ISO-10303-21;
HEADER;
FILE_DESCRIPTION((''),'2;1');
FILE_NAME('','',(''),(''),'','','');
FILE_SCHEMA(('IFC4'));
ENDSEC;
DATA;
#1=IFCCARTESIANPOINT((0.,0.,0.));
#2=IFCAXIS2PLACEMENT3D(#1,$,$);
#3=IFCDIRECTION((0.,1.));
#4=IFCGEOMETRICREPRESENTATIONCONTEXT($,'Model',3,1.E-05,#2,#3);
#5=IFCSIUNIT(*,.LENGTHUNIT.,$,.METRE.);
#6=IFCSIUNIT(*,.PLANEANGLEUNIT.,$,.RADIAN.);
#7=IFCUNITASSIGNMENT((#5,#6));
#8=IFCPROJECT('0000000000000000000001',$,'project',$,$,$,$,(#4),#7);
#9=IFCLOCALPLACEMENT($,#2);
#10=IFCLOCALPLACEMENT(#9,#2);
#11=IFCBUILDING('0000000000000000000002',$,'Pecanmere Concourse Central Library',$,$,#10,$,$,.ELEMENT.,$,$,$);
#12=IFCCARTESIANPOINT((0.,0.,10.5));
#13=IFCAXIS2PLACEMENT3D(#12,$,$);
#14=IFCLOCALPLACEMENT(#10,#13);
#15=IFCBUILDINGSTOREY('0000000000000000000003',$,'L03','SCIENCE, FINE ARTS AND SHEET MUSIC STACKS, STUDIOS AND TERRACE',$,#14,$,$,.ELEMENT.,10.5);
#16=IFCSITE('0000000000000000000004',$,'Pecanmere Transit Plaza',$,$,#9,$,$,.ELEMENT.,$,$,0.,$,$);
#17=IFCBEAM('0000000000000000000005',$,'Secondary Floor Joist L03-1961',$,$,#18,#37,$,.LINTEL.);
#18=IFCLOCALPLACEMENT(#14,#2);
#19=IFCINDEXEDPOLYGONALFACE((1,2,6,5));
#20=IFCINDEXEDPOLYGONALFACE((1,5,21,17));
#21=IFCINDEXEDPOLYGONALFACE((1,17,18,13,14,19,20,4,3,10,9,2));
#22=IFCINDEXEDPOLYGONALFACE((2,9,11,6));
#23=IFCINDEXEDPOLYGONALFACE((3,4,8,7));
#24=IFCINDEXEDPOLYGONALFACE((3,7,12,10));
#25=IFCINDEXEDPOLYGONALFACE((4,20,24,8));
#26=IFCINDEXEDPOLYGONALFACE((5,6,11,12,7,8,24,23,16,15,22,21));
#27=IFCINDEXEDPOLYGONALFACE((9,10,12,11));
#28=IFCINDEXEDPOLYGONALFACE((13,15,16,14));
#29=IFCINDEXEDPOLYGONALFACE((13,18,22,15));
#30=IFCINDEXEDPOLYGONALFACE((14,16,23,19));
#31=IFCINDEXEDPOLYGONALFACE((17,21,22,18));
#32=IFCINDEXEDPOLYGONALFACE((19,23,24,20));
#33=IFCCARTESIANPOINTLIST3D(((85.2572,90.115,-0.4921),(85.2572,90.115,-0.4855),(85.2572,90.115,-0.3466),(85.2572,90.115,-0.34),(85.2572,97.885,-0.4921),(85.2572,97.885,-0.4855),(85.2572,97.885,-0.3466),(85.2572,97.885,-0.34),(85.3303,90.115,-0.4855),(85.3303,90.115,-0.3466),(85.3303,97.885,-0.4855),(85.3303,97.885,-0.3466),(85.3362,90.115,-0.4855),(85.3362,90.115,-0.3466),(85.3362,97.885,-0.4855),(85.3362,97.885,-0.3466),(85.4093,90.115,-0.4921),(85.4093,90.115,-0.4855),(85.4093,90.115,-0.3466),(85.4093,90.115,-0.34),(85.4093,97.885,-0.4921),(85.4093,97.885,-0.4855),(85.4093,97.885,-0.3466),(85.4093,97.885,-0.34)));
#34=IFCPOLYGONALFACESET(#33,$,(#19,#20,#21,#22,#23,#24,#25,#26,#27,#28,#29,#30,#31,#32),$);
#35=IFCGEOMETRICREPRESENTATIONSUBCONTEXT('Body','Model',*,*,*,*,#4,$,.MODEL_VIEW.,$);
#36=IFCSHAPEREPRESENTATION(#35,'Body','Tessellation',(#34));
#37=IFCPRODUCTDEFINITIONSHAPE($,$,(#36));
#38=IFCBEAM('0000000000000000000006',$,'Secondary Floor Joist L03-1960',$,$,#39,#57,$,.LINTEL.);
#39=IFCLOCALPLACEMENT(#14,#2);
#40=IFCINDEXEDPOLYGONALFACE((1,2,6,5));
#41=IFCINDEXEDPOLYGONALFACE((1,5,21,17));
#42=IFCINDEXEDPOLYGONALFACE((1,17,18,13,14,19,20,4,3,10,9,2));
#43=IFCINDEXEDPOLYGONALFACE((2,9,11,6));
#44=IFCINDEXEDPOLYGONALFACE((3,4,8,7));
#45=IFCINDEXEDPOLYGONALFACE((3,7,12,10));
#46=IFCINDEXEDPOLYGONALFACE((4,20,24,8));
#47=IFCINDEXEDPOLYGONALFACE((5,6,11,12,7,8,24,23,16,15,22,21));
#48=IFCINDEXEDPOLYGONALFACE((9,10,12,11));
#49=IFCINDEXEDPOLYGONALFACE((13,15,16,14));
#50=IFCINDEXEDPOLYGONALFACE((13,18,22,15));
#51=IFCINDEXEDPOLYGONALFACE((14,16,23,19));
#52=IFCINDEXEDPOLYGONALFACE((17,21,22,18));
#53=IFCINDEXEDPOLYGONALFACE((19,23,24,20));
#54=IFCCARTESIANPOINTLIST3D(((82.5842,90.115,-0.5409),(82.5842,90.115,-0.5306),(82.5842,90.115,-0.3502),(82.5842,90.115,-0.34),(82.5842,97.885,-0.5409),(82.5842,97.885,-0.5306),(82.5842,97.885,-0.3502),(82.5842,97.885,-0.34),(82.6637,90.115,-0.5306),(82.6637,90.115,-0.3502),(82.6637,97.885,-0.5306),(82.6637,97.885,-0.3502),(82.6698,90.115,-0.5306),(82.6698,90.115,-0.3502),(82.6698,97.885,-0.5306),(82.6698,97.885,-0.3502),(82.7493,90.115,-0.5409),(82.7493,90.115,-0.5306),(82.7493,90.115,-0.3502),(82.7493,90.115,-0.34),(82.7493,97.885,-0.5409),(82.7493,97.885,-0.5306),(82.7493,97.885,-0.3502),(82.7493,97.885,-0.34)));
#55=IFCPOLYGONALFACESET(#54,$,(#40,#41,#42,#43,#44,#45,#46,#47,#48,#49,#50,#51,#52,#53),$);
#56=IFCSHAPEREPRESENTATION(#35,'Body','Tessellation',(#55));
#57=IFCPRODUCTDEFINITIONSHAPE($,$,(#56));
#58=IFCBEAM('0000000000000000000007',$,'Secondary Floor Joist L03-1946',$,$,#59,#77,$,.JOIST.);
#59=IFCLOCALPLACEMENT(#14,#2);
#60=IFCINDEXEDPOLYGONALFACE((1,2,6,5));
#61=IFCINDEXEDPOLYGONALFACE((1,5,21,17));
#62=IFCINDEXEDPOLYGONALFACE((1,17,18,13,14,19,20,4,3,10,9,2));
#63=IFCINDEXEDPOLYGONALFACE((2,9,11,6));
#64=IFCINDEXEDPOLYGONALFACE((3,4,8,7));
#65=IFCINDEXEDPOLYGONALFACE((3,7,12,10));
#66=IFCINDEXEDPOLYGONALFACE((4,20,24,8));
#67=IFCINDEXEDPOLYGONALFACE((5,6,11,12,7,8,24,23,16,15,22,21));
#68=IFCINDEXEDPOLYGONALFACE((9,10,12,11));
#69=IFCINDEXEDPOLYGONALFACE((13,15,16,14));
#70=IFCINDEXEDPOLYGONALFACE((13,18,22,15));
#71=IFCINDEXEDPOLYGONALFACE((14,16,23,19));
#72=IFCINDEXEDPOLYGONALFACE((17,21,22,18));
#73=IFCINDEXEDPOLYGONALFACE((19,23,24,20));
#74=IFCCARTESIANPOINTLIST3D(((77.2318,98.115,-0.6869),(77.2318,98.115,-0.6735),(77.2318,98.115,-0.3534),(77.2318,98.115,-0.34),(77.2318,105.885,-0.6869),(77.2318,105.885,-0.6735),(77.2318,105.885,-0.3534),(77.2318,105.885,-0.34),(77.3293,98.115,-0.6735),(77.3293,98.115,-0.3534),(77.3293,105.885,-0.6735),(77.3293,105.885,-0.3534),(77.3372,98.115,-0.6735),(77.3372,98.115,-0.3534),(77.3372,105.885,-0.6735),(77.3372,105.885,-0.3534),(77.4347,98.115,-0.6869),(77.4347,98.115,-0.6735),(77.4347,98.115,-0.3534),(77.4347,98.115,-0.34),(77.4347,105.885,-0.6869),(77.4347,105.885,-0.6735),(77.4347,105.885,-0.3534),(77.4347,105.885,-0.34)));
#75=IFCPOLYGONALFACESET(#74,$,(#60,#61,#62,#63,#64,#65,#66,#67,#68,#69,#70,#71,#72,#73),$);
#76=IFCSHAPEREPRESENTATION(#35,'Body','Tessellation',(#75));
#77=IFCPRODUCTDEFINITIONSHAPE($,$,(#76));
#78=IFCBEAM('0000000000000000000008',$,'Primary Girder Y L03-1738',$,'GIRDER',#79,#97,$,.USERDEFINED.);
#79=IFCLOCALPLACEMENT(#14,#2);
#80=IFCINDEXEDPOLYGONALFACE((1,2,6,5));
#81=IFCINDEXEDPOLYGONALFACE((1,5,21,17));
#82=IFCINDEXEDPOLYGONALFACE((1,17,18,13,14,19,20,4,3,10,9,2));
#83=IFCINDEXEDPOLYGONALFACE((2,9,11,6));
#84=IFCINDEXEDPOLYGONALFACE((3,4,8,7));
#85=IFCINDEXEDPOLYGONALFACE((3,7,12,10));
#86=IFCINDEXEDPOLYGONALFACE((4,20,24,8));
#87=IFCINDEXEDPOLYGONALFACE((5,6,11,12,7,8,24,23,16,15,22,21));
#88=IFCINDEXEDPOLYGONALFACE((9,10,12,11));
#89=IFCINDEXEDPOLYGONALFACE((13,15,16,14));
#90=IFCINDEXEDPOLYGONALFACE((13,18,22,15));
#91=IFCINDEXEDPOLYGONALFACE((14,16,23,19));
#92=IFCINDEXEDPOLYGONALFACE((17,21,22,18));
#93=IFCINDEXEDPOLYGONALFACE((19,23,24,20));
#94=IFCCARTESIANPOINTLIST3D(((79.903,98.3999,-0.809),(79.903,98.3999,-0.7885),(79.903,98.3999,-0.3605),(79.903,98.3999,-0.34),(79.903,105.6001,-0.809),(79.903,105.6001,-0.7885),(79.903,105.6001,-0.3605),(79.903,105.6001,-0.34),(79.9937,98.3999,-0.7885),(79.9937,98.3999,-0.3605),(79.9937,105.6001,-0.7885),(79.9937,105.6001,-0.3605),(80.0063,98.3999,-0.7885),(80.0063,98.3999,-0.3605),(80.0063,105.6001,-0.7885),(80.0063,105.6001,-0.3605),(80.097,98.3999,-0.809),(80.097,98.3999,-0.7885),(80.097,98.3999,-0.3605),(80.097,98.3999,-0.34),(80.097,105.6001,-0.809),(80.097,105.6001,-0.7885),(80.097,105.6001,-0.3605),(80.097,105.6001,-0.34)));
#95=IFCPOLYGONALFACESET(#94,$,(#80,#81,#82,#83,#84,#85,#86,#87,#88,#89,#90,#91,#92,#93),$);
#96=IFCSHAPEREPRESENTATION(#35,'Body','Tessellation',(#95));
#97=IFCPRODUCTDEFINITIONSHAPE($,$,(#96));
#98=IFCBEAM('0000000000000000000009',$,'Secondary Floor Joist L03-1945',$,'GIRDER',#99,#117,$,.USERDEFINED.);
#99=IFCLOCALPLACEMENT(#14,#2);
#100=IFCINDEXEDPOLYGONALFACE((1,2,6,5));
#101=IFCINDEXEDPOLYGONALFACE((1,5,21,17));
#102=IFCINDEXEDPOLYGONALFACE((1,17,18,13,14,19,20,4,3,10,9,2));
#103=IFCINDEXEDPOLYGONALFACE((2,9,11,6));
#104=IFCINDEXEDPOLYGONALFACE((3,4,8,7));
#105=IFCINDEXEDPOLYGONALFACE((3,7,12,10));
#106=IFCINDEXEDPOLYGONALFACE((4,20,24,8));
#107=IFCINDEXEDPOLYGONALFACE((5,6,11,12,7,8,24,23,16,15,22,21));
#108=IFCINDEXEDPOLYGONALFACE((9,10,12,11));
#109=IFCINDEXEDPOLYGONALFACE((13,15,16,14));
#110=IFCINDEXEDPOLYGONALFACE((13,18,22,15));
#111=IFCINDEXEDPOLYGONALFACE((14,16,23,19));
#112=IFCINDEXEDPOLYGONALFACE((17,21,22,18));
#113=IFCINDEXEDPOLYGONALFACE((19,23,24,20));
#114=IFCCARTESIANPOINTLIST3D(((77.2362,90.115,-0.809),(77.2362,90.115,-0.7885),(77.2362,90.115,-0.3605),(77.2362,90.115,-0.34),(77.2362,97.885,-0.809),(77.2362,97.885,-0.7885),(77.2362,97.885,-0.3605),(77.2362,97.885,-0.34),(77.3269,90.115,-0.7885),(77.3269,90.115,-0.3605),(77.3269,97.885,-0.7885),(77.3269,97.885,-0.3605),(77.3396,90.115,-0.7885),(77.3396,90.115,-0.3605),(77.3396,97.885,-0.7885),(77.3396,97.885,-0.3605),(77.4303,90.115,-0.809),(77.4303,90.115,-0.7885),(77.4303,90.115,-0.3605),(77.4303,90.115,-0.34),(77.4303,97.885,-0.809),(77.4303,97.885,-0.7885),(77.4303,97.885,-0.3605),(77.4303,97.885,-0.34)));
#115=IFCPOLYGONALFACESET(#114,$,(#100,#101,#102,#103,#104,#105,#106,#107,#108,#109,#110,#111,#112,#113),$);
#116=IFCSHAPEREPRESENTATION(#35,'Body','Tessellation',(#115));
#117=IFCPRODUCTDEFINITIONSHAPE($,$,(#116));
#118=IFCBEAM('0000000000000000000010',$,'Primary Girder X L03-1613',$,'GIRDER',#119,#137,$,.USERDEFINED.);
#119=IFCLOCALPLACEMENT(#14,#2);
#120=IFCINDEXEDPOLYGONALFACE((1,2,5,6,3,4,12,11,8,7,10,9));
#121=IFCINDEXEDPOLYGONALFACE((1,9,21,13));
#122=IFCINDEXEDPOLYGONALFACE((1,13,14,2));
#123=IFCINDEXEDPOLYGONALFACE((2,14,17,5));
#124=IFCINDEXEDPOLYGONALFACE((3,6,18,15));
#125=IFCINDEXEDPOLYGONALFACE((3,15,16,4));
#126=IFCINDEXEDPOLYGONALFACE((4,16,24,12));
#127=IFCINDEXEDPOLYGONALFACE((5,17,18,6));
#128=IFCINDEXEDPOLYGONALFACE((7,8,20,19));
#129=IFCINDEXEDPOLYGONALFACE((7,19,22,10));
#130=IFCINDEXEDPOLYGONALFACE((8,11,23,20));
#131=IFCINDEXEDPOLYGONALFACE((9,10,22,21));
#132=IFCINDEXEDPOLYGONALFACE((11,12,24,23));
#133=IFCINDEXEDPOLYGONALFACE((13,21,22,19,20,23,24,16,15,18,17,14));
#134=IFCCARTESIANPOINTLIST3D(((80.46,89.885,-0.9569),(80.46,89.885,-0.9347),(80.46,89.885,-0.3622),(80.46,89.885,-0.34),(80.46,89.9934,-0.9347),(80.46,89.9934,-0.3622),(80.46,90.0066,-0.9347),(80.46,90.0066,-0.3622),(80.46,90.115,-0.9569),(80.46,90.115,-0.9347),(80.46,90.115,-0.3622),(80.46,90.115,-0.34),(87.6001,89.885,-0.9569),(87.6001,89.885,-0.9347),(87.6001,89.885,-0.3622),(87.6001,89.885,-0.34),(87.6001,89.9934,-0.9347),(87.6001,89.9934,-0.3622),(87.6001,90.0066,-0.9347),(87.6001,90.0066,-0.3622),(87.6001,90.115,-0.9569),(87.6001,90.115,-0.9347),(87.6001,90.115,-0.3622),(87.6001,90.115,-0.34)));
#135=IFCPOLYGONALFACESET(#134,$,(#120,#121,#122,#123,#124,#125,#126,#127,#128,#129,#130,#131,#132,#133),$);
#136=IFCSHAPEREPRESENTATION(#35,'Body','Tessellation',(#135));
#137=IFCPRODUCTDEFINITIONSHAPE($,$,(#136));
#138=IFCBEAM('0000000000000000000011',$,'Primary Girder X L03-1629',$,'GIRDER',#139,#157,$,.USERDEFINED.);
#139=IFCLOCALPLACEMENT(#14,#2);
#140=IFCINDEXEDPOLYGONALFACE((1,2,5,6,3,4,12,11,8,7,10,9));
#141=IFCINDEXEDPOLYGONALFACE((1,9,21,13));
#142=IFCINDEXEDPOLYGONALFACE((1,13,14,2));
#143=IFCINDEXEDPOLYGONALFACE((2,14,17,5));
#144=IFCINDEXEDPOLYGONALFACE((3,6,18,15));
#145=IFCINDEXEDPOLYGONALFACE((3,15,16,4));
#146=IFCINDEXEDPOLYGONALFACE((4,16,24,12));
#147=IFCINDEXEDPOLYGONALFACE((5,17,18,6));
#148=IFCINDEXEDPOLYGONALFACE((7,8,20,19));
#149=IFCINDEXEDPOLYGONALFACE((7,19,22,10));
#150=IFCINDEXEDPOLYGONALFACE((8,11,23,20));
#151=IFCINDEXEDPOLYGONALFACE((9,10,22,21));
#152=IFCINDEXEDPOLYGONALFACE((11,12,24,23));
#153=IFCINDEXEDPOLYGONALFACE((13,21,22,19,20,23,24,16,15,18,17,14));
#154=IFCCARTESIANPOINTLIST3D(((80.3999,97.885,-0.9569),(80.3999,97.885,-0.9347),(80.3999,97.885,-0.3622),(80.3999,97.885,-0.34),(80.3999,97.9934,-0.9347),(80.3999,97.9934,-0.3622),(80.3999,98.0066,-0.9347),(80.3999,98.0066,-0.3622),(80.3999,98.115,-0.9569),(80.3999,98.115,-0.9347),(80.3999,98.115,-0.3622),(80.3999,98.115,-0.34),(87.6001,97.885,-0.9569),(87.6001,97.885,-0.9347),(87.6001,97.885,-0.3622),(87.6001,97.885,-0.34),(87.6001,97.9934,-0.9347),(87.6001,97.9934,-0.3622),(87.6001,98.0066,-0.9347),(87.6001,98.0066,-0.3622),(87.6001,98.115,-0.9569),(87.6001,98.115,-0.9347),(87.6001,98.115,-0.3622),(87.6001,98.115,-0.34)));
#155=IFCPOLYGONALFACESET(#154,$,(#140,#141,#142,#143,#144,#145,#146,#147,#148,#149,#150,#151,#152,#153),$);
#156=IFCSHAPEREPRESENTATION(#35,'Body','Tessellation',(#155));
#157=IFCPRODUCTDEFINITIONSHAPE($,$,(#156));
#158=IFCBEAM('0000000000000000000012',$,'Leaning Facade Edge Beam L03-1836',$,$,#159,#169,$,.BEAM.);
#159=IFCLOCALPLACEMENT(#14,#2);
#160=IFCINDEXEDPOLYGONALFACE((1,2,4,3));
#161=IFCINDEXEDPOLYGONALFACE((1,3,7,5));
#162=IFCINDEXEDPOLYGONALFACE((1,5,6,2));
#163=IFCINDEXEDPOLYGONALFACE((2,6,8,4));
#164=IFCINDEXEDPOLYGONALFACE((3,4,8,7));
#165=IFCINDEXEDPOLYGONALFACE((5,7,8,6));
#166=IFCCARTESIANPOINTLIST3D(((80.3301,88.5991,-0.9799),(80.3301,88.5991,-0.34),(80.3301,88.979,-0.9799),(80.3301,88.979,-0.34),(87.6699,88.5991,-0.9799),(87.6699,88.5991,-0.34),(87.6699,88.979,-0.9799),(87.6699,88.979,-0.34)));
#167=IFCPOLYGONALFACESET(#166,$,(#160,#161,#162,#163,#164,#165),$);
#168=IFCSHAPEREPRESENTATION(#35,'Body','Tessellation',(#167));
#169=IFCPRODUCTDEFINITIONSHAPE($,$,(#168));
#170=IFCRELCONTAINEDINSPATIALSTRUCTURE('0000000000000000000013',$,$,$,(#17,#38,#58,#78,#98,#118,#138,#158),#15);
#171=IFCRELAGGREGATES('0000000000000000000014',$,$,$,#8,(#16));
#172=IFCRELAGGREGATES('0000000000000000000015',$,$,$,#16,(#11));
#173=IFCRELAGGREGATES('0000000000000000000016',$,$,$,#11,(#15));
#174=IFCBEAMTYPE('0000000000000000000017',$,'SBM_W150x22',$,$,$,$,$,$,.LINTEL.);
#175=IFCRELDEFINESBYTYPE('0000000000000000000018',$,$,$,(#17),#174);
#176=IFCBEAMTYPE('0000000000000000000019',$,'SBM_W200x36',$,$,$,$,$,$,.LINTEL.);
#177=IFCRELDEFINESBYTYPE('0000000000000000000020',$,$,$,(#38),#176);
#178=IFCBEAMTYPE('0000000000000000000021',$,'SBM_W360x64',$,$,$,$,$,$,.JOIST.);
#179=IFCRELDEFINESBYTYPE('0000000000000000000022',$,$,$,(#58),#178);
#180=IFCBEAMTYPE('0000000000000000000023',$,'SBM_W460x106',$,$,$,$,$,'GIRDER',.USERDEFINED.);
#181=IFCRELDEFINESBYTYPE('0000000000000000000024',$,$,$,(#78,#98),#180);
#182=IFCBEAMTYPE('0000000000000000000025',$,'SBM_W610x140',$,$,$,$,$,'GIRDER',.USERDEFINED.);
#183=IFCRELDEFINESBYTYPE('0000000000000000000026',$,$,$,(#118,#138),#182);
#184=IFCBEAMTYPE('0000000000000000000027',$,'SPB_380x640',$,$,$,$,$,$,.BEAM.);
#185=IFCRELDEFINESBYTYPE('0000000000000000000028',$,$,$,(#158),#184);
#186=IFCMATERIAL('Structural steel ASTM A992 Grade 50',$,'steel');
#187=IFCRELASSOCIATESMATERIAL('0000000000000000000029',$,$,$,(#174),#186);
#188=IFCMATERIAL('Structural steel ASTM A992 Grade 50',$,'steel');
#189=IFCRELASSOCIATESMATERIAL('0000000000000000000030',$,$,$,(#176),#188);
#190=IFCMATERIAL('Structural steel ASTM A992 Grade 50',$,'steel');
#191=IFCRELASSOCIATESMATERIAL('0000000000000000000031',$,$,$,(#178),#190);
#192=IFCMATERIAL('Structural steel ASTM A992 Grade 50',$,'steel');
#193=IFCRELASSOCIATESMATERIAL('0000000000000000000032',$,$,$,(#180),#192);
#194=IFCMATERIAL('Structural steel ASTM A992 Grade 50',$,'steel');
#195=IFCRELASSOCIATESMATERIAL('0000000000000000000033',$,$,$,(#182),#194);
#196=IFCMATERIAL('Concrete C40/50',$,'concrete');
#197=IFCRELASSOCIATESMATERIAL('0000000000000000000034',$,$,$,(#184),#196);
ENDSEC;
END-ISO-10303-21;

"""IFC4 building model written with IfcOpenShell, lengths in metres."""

from ifc_helpers import new_model, si_unit, direction, frame, origin, origin_2d, place, context, subcontext, project, spatial, rectangle, i_section, extrude, material, material_profile, profile_set, type_object, element, save


model = new_model("IFC4")

# Units and contexts
model_context = context("Model", 3, precision=1e-05, world=origin(), true_north=direction((0.0, 1.0)))
body_context = subcontext(model_context, "Body", "Model", "MODEL_VIEW")
ifc_project = project(units=[si_unit("LENGTHUNIT", "METRE"), si_unit("PLANEANGLEUNIT", "RADIAN")], contexts=[model_context])

# Site, building, storey
site_placement = place(None, origin())
site = spatial("IfcSite", under=ifc_project, at=site_placement, Name="Pecanmere Transit Plaza", CompositionType="ELEMENT", RefElevation=0.0)
building_placement = place(site_placement, origin())
building = spatial("IfcBuilding", under=site, at=building_placement, Name="Pecanmere Concourse Central Library", CompositionType="ELEMENT")
storey_placement = place(building_placement, frame((0.0, 0.0, 10.5)))
storey = spatial("IfcBuildingStorey", under=building, at=storey_placement, Name="L03", Description="SCIENCE, FINE ARTS AND SHEET MUSIC STACKS, STUDIOS AND TERRACE", CompositionType="ELEMENT", Elevation=10.5)

# Beams
ifc_material_1 = material(Name="Structural steel ASTM A992 Grade 50", Category="steel")
ifc_material_profile_1 = material_profile(ifc_material_1, i_section(OverallWidth=0.1521, OverallDepth=0.1521, WebThickness=0.0059, FlangeThickness=0.0066, at=origin_2d()), Name="W150x22.5")
ifc_profile_set_1 = profile_set([ifc_material_profile_1], Name="Structural steel ASTM A992 Grade 50")
beam_type_1 = type_object("IfcBeamType", Name="SBM_W150x22", PredefinedType="LINTEL", material=ifc_profile_set_1)
beam_1_placement = place(storey_placement, frame((85.3333, 90.115, -0.416), z_axis=(0.0, 1.0, 0.0), x_axis=(-1.0, 0.0, 0.0)))
element("IfcBeam", 1, at=beam_1_placement, inside=storey, type_object=beam_type_1, Name="Secondary Floor Joist L03-1961", PredefinedType="LINTEL", context=body_context, shape_type="SweptSolid", body=[
    extrude(i_section(OverallWidth=0.1521, OverallDepth=0.1521, WebThickness=0.0059, FlangeThickness=0.0066, at=origin_2d()), origin(), (0.0, 0.0, 1.0), 7.77),
])
ifc_material_2 = material(Name="Structural steel ASTM A992 Grade 50", Category="steel")
ifc_material_profile_2 = material_profile(ifc_material_2, i_section(OverallWidth=0.165, OverallDepth=0.2009, WebThickness=0.0061, FlangeThickness=0.0103, at=origin_2d()), Name="W200x35.9")
ifc_profile_set_2 = profile_set([ifc_material_profile_2], Name="Structural steel ASTM A992 Grade 50")
beam_type_2 = type_object("IfcBeamType", Name="SBM_W200x36", PredefinedType="LINTEL", material=ifc_profile_set_2)
beam_2_placement = place(storey_placement, frame((82.6667, 90.115, -0.4404), z_axis=(0.0, 1.0, 0.0), x_axis=(-1.0, 0.0, 0.0)))
element("IfcBeam", 2, at=beam_2_placement, inside=storey, type_object=beam_type_2, Name="Secondary Floor Joist L03-1960", PredefinedType="LINTEL", context=body_context, shape_type="SweptSolid", body=[
    extrude(i_section(OverallWidth=0.165, OverallDepth=0.2009, WebThickness=0.0061, FlangeThickness=0.0103, at=origin_2d()), origin(), (0.0, 0.0, 1.0), 7.77),
])
ifc_material_3 = material(Name="Structural steel ASTM A992 Grade 50", Category="steel")
ifc_material_profile_3 = material_profile(ifc_material_3, i_section(OverallWidth=0.2029, OverallDepth=0.3469, WebThickness=0.0078, FlangeThickness=0.0134, at=origin_2d()), Name="W360x64")
ifc_profile_set_3 = profile_set([ifc_material_profile_3], Name="Structural steel ASTM A992 Grade 50")
beam_type_3 = type_object("IfcBeamType", Name="SBM_W360x64", PredefinedType="JOIST", material=ifc_profile_set_3)
beam_3_placement = place(storey_placement, frame((77.3333, 98.115, -0.5134), z_axis=(0.0, 1.0, 0.0), x_axis=(-1.0, 0.0, 0.0)))
element("IfcBeam", 3, at=beam_3_placement, inside=storey, type_object=beam_type_3, Name="Secondary Floor Joist L03-1946", PredefinedType="JOIST", context=body_context, shape_type="SweptSolid", body=[
    extrude(i_section(OverallWidth=0.2029, OverallDepth=0.3469, WebThickness=0.0078, FlangeThickness=0.0134, at=origin_2d()), origin(), (0.0, 0.0, 1.0), 7.77),
])
ifc_material_4 = material(Name="Structural steel ASTM A992 Grade 50", Category="steel")
ifc_material_profile_4 = material_profile(ifc_material_4, i_section(OverallWidth=0.1941, OverallDepth=0.469, WebThickness=0.0127, FlangeThickness=0.0205, at=origin_2d()), Name="W460x106")
ifc_profile_set_4 = profile_set([ifc_material_profile_4], Name="Structural steel ASTM A992 Grade 50")
beam_type_4 = type_object("IfcBeamType", Name="SBM_W460x106", ElementType="GIRDER", PredefinedType="USERDEFINED", material=ifc_profile_set_4)
beam_4_placement = place(storey_placement, frame((80.0, 98.3999, -0.5745), z_axis=(0.0, 1.0, 0.0), x_axis=(-1.0, 0.0, 0.0)))
element("IfcBeam", 4, at=beam_4_placement, inside=storey, type_object=beam_type_4, Name="Primary Girder Y L03-1738", ObjectType="GIRDER", PredefinedType="USERDEFINED", context=body_context, shape_type="SweptSolid", body=[
    extrude(i_section(OverallWidth=0.1941, OverallDepth=0.469, WebThickness=0.0127, FlangeThickness=0.0205, at=origin_2d()), origin(), (0.0, 0.0, 1.0), 7.2002),
])
beam_5_placement = place(storey_placement, frame((77.3333, 90.115, -0.5745), z_axis=(0.0, 1.0, 0.0), x_axis=(-1.0, 0.0, 0.0)))
element("IfcBeam", 5, at=beam_5_placement, inside=storey, type_object=beam_type_4, Name="Secondary Floor Joist L03-1945", ObjectType="GIRDER", PredefinedType="USERDEFINED", context=body_context, shape_type="SweptSolid", body=[
    extrude(i_section(OverallWidth=0.1941, OverallDepth=0.469, WebThickness=0.0127, FlangeThickness=0.0205, at=origin_2d()), origin(), (0.0, 0.0, 1.0), 7.77),
])
ifc_material_5 = material(Name="Structural steel ASTM A992 Grade 50", Category="steel")
ifc_material_profile_5 = material_profile(ifc_material_5, i_section(OverallWidth=0.23, OverallDepth=0.6169, WebThickness=0.0132, FlangeThickness=0.0222, at=origin_2d()), Name="W610x140")
ifc_profile_set_5 = profile_set([ifc_material_profile_5], Name="Structural steel ASTM A992 Grade 50")
beam_type_5 = type_object("IfcBeamType", Name="SBM_W610x140", ElementType="GIRDER", PredefinedType="USERDEFINED", material=ifc_profile_set_5)
beam_6_placement = place(storey_placement, frame((80.46, 90.0, -0.6484), z_axis=(1.0, 0.0, 0.0), x_axis=(0.0, 1.0, 0.0)))
element("IfcBeam", 6, at=beam_6_placement, inside=storey, type_object=beam_type_5, Name="Primary Girder X L03-1613", ObjectType="GIRDER", PredefinedType="USERDEFINED", context=body_context, shape_type="SweptSolid", body=[
    extrude(i_section(OverallWidth=0.23, OverallDepth=0.6169, WebThickness=0.0132, FlangeThickness=0.0222, at=origin_2d()), origin(), (0.0, 0.0, 1.0), 7.1401),
])
beam_7_placement = place(storey_placement, frame((80.3999, 98.0, -0.6484), z_axis=(1.0, 0.0, 0.0), x_axis=(0.0, 1.0, 0.0)))
element("IfcBeam", 7, at=beam_7_placement, inside=storey, type_object=beam_type_5, Name="Primary Girder X L03-1629", ObjectType="GIRDER", PredefinedType="USERDEFINED", context=body_context, shape_type="SweptSolid", body=[
    extrude(i_section(OverallWidth=0.23, OverallDepth=0.6169, WebThickness=0.0132, FlangeThickness=0.0222, at=origin_2d()), origin(), (0.0, 0.0, 1.0), 7.2002),
])
ifc_material_6 = material(Name="Concrete C40/50", Category="concrete")
ifc_material_profile_6 = material_profile(ifc_material_6, rectangle(XDim=0.3799, YDim=0.6399, at=origin_2d()), Name="RC 380x640")
ifc_profile_set_6 = profile_set([ifc_material_profile_6], Name="Concrete C40/50")
beam_type_6 = type_object("IfcBeamType", Name="SPB_380x640", PredefinedType="BEAM", material=ifc_profile_set_6)
beam_8_placement = place(storey_placement, frame((80.3301, 88.7891, -0.6599), z_axis=(1.0, 0.0, 0.0), x_axis=(0.0, 1.0, 0.0)))
element("IfcBeam", 8, at=beam_8_placement, inside=storey, type_object=beam_type_6, Name="Leaning Facade Edge Beam L03-1836", PredefinedType="BEAM", context=body_context, shape_type="SweptSolid", body=[
    extrude(rectangle(XDim=0.3799, YDim=0.6399, at=origin_2d()), origin(), (0.0, 0.0, 1.0), 7.3398),
])

save(model, "model.ifc")
